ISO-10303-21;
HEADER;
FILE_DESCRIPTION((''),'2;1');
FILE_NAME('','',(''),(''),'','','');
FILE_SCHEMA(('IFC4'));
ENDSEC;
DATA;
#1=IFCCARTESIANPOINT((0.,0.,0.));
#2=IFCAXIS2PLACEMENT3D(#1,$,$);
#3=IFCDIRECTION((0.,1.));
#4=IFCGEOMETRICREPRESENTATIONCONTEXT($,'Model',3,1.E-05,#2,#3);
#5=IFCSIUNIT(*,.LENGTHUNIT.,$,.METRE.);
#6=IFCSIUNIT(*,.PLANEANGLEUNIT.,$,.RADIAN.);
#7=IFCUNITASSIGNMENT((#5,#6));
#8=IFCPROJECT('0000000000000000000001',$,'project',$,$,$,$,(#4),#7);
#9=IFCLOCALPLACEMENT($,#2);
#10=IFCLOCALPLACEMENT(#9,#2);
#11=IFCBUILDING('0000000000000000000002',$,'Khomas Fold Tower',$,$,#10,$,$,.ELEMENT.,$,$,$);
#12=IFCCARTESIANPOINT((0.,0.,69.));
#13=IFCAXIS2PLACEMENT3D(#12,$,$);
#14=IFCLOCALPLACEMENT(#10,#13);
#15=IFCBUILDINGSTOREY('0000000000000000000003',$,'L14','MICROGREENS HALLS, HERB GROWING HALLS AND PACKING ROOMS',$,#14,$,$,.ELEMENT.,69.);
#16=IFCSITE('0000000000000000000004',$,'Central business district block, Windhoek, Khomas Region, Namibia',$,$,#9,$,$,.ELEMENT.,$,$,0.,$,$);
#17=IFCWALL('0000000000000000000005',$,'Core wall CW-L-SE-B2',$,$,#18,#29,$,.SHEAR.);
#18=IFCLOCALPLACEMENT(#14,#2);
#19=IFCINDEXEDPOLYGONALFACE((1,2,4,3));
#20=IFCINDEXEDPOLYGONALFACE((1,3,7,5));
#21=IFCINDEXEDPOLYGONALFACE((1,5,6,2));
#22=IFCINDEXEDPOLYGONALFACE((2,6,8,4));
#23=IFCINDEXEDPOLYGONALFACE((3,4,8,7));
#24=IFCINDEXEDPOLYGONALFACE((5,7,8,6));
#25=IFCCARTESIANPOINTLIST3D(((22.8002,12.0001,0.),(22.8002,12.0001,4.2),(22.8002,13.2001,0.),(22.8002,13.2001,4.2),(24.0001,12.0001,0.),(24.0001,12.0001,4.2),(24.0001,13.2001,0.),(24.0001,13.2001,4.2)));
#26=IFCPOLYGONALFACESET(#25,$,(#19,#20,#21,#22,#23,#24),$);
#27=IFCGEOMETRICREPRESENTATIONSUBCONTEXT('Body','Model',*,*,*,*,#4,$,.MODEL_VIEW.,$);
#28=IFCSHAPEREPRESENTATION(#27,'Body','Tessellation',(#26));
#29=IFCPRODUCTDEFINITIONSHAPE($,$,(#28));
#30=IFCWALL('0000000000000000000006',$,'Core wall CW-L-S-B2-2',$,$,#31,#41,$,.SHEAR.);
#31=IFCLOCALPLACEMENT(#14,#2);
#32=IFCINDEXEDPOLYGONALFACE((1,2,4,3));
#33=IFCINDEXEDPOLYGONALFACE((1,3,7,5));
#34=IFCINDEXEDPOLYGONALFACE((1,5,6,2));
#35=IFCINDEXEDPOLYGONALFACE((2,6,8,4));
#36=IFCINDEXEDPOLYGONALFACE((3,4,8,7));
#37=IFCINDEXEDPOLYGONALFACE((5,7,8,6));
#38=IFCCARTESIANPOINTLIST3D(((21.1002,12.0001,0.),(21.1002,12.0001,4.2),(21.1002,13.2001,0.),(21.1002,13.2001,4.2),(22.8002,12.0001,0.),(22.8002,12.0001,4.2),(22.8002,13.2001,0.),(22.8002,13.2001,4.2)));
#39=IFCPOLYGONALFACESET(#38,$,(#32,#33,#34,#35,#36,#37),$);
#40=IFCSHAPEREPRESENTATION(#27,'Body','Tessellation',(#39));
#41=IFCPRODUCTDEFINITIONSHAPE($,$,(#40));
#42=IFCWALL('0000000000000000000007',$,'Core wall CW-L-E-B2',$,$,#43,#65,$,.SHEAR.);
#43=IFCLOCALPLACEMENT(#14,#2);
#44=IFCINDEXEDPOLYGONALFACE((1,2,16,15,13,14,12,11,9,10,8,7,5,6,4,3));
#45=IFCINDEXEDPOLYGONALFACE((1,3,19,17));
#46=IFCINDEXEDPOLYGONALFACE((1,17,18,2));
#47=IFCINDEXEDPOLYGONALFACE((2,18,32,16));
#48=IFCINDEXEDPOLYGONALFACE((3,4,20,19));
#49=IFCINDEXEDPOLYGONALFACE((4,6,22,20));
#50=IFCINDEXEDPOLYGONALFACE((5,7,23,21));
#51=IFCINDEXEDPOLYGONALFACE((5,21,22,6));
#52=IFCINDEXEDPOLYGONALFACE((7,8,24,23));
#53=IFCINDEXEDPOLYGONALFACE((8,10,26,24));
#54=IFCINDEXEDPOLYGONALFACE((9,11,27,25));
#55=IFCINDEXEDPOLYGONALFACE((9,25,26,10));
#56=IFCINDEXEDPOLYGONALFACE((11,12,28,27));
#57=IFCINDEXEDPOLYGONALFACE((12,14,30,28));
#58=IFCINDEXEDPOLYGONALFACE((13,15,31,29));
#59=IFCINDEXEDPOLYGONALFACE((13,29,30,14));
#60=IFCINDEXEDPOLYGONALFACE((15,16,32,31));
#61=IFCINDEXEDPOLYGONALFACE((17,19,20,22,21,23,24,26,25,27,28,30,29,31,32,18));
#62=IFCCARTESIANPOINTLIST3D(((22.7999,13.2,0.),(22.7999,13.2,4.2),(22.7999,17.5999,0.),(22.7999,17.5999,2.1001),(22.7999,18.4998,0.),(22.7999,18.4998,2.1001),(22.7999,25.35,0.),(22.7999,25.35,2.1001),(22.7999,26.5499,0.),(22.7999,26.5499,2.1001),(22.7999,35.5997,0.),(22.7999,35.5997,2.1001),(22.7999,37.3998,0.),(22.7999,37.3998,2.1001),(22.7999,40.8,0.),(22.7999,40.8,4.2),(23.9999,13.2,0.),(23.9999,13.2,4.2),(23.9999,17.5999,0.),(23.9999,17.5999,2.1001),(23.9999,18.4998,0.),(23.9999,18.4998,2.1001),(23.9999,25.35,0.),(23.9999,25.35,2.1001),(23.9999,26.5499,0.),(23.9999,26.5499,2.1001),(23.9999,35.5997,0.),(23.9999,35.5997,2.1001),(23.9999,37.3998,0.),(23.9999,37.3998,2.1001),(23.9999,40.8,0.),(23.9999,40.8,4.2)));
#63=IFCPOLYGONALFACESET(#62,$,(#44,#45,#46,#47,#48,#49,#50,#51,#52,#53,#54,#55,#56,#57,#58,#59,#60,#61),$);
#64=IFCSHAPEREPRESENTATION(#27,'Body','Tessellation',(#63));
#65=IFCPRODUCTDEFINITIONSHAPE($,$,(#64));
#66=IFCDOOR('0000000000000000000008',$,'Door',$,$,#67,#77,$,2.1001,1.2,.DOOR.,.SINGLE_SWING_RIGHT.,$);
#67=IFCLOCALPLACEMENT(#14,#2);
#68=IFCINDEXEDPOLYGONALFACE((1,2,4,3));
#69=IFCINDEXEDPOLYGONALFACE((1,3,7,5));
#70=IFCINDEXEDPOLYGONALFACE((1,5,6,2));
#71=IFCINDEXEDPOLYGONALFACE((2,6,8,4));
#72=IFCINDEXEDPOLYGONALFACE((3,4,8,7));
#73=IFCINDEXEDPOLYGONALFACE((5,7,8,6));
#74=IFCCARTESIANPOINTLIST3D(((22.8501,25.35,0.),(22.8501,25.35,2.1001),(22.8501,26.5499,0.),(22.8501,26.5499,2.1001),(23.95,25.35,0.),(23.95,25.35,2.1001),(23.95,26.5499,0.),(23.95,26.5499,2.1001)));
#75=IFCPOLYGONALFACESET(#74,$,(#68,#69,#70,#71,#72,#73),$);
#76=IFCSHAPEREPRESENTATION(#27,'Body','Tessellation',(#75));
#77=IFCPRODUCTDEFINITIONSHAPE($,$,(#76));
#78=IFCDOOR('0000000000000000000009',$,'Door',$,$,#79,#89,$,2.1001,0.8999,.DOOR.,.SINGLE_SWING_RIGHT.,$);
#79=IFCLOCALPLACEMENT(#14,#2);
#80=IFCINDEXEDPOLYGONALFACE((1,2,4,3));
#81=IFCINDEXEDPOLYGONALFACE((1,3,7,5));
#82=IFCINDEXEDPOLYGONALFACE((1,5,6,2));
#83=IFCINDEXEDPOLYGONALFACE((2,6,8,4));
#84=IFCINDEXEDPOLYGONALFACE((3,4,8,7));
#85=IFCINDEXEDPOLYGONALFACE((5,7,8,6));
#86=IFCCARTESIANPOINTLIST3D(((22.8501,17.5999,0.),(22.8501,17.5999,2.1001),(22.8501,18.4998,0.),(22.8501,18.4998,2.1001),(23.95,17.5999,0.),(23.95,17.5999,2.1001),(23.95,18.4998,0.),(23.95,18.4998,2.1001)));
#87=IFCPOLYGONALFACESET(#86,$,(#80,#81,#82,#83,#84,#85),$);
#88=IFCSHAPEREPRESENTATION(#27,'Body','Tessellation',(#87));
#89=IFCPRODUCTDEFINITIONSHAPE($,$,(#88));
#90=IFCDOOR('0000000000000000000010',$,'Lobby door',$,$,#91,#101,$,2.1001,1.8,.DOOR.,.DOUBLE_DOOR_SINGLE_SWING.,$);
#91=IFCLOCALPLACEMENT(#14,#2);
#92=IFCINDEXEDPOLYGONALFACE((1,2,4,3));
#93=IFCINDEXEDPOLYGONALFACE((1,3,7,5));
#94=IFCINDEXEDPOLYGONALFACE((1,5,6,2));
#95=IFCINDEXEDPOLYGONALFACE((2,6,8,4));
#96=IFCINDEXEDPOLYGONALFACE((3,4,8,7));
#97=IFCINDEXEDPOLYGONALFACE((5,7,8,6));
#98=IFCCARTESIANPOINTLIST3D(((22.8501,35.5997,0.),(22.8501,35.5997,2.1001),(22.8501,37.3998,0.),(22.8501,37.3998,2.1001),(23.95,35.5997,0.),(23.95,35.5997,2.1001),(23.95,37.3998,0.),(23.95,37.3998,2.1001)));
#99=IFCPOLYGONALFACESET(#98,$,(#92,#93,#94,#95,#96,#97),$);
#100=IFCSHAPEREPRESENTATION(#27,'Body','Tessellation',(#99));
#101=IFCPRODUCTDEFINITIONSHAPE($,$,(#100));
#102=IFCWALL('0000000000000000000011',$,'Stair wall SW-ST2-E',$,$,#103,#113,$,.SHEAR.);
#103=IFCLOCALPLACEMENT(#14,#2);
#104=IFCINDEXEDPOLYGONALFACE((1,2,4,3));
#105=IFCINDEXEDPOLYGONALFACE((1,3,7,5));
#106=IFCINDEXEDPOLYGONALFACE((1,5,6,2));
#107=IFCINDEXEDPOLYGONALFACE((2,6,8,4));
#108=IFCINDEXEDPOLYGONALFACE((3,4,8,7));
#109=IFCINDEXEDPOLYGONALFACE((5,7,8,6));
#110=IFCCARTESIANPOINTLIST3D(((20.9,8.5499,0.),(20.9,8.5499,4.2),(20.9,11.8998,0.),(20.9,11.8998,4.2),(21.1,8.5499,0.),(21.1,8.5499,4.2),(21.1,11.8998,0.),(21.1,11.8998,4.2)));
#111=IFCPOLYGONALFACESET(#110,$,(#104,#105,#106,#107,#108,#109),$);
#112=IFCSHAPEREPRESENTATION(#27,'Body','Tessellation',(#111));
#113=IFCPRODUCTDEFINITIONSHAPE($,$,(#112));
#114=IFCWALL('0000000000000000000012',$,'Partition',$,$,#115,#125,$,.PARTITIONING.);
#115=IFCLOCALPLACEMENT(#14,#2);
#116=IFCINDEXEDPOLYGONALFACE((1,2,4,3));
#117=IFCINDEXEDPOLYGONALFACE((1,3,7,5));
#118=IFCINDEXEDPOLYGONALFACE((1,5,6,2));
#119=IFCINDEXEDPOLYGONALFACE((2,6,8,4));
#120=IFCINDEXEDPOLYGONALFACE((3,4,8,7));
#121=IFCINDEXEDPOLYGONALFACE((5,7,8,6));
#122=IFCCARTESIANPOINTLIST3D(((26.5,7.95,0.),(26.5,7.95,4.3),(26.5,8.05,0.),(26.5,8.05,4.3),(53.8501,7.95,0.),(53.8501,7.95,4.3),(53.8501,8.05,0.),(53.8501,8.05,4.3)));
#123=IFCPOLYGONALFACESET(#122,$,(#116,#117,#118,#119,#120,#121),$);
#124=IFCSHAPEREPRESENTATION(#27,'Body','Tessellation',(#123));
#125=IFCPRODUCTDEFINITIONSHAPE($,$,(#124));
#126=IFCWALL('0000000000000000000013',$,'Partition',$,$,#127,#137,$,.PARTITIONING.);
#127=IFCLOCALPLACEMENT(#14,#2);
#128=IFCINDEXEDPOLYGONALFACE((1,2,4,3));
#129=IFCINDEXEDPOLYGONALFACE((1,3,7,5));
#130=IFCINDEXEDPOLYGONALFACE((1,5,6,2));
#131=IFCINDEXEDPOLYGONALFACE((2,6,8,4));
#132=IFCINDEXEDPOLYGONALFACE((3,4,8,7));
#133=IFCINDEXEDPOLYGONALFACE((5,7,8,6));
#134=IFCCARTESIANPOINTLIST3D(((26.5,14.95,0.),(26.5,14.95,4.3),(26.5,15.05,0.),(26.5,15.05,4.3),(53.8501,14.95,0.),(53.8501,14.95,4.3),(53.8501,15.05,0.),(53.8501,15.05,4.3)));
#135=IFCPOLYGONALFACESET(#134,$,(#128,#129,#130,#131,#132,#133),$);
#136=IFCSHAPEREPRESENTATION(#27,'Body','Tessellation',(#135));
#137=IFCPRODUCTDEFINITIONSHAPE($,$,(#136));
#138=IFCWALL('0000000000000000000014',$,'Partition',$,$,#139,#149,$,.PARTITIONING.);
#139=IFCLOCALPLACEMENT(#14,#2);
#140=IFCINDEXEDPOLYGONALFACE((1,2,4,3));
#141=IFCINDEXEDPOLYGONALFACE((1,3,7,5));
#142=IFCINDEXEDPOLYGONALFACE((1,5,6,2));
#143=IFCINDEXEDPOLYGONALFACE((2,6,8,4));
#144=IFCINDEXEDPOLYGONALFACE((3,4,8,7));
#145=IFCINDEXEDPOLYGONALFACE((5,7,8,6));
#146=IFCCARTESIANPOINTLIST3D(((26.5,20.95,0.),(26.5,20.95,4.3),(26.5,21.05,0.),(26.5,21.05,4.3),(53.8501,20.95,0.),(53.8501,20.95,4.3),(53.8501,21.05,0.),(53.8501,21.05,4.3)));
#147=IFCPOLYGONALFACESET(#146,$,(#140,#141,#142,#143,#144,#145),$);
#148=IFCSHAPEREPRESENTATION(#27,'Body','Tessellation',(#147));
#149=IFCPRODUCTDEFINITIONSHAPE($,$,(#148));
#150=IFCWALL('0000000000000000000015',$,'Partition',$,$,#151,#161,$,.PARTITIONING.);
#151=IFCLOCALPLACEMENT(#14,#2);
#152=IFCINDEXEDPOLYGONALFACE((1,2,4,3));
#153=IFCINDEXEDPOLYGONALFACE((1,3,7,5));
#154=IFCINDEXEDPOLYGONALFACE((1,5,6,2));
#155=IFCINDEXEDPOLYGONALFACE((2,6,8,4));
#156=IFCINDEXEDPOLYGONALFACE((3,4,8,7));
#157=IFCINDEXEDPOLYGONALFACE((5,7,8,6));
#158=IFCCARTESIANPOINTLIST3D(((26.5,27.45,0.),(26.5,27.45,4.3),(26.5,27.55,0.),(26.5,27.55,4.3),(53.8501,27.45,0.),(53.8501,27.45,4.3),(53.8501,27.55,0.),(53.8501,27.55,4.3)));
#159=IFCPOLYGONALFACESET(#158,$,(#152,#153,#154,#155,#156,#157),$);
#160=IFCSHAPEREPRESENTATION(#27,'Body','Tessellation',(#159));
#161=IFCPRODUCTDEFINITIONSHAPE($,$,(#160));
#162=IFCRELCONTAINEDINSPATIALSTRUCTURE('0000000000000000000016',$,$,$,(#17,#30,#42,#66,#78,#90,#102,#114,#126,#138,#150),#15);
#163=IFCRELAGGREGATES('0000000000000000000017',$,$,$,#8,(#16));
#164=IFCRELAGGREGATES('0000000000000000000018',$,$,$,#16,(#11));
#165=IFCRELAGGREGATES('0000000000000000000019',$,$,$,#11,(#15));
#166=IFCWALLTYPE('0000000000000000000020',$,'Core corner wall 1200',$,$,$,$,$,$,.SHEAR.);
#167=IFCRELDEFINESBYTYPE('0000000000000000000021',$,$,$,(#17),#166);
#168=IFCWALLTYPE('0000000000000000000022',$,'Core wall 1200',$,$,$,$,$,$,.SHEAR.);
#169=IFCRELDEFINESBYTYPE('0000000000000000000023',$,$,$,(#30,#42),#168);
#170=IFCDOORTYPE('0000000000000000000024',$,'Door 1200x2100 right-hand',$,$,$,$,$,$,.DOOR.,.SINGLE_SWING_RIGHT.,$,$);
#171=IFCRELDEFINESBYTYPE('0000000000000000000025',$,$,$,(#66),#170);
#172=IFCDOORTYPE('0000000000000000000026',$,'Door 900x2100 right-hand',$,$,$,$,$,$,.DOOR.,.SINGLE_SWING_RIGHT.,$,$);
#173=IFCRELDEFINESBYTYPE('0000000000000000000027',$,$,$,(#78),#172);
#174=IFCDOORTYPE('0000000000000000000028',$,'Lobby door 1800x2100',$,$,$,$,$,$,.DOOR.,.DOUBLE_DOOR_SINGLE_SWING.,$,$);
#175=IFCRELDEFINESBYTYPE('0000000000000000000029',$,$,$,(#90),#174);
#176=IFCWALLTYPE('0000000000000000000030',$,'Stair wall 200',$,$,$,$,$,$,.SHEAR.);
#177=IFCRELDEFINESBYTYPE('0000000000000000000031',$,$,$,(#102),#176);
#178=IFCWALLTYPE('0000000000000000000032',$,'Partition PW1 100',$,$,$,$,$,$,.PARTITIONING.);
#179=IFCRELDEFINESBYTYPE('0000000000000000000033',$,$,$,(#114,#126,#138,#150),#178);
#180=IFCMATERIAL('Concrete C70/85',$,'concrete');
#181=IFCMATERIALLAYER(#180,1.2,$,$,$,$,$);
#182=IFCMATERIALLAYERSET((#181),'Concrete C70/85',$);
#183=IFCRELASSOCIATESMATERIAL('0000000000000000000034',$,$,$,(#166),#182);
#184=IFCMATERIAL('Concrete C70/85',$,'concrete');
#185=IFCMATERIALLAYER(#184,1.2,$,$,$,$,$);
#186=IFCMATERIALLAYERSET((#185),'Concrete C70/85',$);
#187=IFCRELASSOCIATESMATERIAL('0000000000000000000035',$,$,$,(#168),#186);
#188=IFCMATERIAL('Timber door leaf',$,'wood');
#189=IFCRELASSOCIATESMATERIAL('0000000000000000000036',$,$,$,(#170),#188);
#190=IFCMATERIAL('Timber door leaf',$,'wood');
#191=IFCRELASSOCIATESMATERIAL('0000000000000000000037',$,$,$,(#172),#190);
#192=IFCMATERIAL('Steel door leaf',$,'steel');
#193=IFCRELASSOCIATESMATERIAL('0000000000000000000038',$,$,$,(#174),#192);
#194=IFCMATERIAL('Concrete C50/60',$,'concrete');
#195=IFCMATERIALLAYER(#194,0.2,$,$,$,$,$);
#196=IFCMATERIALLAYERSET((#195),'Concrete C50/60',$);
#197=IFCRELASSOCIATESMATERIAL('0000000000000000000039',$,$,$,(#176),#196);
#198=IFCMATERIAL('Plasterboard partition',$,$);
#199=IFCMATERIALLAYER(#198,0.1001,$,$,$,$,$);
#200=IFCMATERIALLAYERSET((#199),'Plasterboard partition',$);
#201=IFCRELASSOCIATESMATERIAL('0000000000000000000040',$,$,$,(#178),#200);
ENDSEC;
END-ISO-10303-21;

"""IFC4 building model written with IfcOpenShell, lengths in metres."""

from ifc_helpers import new_model, si_unit, direction, frame, frame_2d, origin, place, context, subcontext, project, spatial, rectangle, extrude, source, transform, mapped, material, layer, layer_set, type_object, element, fill, save


model = new_model("IFC4")

# Units and contexts
model_context = context("Model", 3, precision=1e-05, world=origin(), true_north=direction((0.0, 1.0)))
body_context = subcontext(model_context, "Body", "Model", "MODEL_VIEW")
ifc_project = project(units=[si_unit("LENGTHUNIT", "METRE"), si_unit("PLANEANGLEUNIT", "RADIAN")], contexts=[model_context])

# Site, building, storey
site_placement = place(None, origin())
site = spatial("IfcSite", under=ifc_project, at=site_placement, Name="Central business district block, Windhoek, Khomas Region, Namibia", CompositionType="ELEMENT", RefElevation=0.0)
building_placement = place(site_placement, origin())
building = spatial("IfcBuilding", under=site, at=building_placement, Name="Khomas Fold Tower", CompositionType="ELEMENT")
storey_placement = place(building_placement, frame((0.0, 0.0, 69.0)))
storey = spatial("IfcBuildingStorey", under=building, at=storey_placement, Name="L14", Description="MICROGREENS HALLS, HERB GROWING HALLS AND PACKING ROOMS", CompositionType="ELEMENT", Elevation=69.0)

# Walls
ifc_material_1 = material(Name="Concrete C70/85", Category="concrete")
ifc_layer_1 = layer(ifc_material_1, 1.2)
ifc_layer_set_1 = layer_set([ifc_layer_1], Name="Concrete C70/85")
wall_type_1 = type_object("IfcWallType", Name="Core corner wall 1200", PredefinedType="SHEAR", material=ifc_layer_set_1)
shared_shape_1 = source(origin(), body_context, "Body", "SweptSolid", [
    extrude(rectangle(XDim=1.2, YDim=1.2, at=frame_2d((0.6001, 0.0))), origin(), (0.0, 0.0, 1.0), 4.2),
])
wall_1_placement = place(storey_placement, frame((22.8, 12.6001, 0.0), z_axis=(0.0, 0.0, 1.0), x_axis=(1.0, 0.0, 0.0)))
element("IfcWall", 1, at=wall_1_placement, inside=storey, type_object=wall_type_1, Name="Core wall CW-L-SE-B2", PredefinedType="SHEAR", context=body_context, shape_type="MappedRepresentation", body=[
    mapped(shared_shape_1, transform((0.0, 0.0, 0.0))),
])
ifc_material_2 = material(Name="Concrete C70/85", Category="concrete")
ifc_layer_2 = layer(ifc_material_2, 1.2)
ifc_layer_set_2 = layer_set([ifc_layer_2], Name="Concrete C70/85")
wall_type_2 = type_object("IfcWallType", Name="Core wall 1200", PredefinedType="SHEAR", material=ifc_layer_set_2)
shared_shape_2 = source(origin(), body_context, "Body", "SweptSolid", [
    extrude(rectangle(XDim=1.7, YDim=1.2, at=frame_2d((0.8501, 0.0))), origin(), (0.0, 0.0, 1.0), 4.2),
])
wall_2_placement = place(storey_placement, frame((21.1001, 12.6001, 0.0), z_axis=(0.0, 0.0, 1.0), x_axis=(1.0, 0.0, 0.0)))
element("IfcWall", 2, at=wall_2_placement, inside=storey, type_object=wall_type_2, Name="Core wall CW-L-S-B2-2", PredefinedType="SHEAR", context=body_context, shape_type="MappedRepresentation", body=[
    mapped(shared_shape_2, transform((0.0, 0.0, 0.0))),
])

# Wall, openings, doors
shared_shape_3 = source(origin(), body_context, "Body", "SweptSolid", [
    extrude(rectangle(XDim=27.6001, YDim=1.2, at=frame_2d((13.8, 0.0))), origin(), (0.0, 0.0, 1.0), 4.2),
])
wall_3_placement = place(storey_placement, frame((23.3999, 13.2, 0.0), z_axis=(0.0, 0.0, 1.0), x_axis=(0.0, 1.0, 0.0)))
wall_3 = element("IfcWall", 3, at=wall_3_placement, inside=storey, type_object=wall_type_2, Name="Core wall CW-L-E-B2", PredefinedType="SHEAR", context=body_context, shape_type="MappedRepresentation", body=[
    mapped(shared_shape_3, transform((0.0, 0.0, 0.0))),
])
shared_shape_4 = source(origin(), body_context, "Body", "SweptSolid", [
    extrude(rectangle(XDim=1.8, YDim=2.1001, at=frame_2d((0.8999, 1.05))), frame((0.0, 0.6099, 0.0), z_axis=(0.0, -1.0, 0.0), x_axis=(1.0, 0.0, 0.0)), (0.0, 0.0, 1.0), 1.22),
])
opening_1_placement = place(wall_3_placement, frame((22.3999, 0.0, 0.0)))
opening_1 = element("IfcOpeningElement", 4, at=opening_1_placement, cuts=wall_3, PredefinedType="OPENING", context=body_context, shape_type="MappedRepresentation", body=[
    mapped(shared_shape_4, transform((0.0, 0.0, 0.0))),
])
shared_shape_5 = source(origin(), body_context, "Body", "SweptSolid", [
    extrude(rectangle(XDim=1.2, YDim=2.1001, at=frame_2d((0.6001, 1.05))), frame((0.0, 0.6099, 0.0), z_axis=(0.0, -1.0, 0.0), x_axis=(1.0, 0.0, 0.0)), (0.0, 0.0, 1.0), 1.22),
])
opening_2_placement = place(wall_3_placement, frame((12.1499, 0.0, 0.0)))
opening_2 = element("IfcOpeningElement", 5, at=opening_2_placement, cuts=wall_3, PredefinedType="OPENING", context=body_context, shape_type="MappedRepresentation", body=[
    mapped(shared_shape_5, transform((0.0, 0.0, 0.0))),
])
shared_shape_6 = source(origin(), body_context, "Body", "SweptSolid", [
    extrude(rectangle(XDim=0.8999, YDim=2.1001, at=frame_2d((0.45, 1.05))), frame((0.0, 0.6099, 0.0), z_axis=(0.0, -1.0, 0.0), x_axis=(1.0, 0.0, 0.0)), (0.0, 0.0, 1.0), 1.22),
])
opening_3_placement = place(wall_3_placement, frame((4.3999, 0.0, 0.0)))
opening_3 = element("IfcOpeningElement", 6, at=opening_3_placement, cuts=wall_3, PredefinedType="OPENING", context=body_context, shape_type="MappedRepresentation", body=[
    mapped(shared_shape_6, transform((0.0, 0.0, 0.0))),
])
ifc_material_3 = material(Name="Timber door leaf", Category="wood")
door_type_1 = type_object("IfcDoorType", Name="Door 1200x2100 right-hand", OperationType="SINGLE_SWING_RIGHT", PredefinedType="DOOR", material=ifc_material_3)
shared_shape_7 = source(origin(), body_context, "Body", "SweptSolid", [
    extrude(rectangle(XDim=1.2, YDim=2.1001, at=frame_2d((0.6001, 1.05))), frame((0.0, 0.5498, 0.0), z_axis=(0.0, -1.0, 0.0), x_axis=(1.0, 0.0, 0.0)), (0.0, 0.0, 1.0), 1.0999),
])
door_1_placement = place(opening_2_placement, origin())
door_1 = element("IfcDoor", 7, at=door_1_placement, inside=storey, type_object=door_type_1, Name="Door", OperationType="SINGLE_SWING_RIGHT", OverallHeight=2.1001, OverallWidth=1.2, PredefinedType="DOOR", context=body_context, shape_type="MappedRepresentation", body=[
    mapped(shared_shape_7, transform((0.0, 0.0, 0.0))),
])
fill(opening_2, door_1)
ifc_material_4 = material(Name="Timber door leaf", Category="wood")
door_type_2 = type_object("IfcDoorType", Name="Door 900x2100 right-hand", OperationType="SINGLE_SWING_RIGHT", PredefinedType="DOOR", material=ifc_material_4)
shared_shape_8 = source(origin(), body_context, "Body", "SweptSolid", [
    extrude(rectangle(XDim=0.8999, YDim=2.1001, at=frame_2d((0.45, 1.05))), frame((0.0, 0.5498, 0.0), z_axis=(0.0, -1.0, 0.0), x_axis=(1.0, 0.0, 0.0)), (0.0, 0.0, 1.0), 1.0999),
])
door_2_placement = place(opening_3_placement, origin())
door_2 = element("IfcDoor", 8, at=door_2_placement, inside=storey, type_object=door_type_2, Name="Door", OperationType="SINGLE_SWING_RIGHT", OverallHeight=2.1001, OverallWidth=0.8999, PredefinedType="DOOR", context=body_context, shape_type="MappedRepresentation", body=[
    mapped(shared_shape_8, transform((0.0, 0.0, 0.0))),
])
fill(opening_3, door_2)
ifc_material_5 = material(Name="Steel door leaf", Category="steel")
door_type_3 = type_object("IfcDoorType", Name="Lobby door 1800x2100", OperationType="DOUBLE_DOOR_SINGLE_SWING", PredefinedType="DOOR", material=ifc_material_5)
shared_shape_9 = source(origin(), body_context, "Body", "SweptSolid", [
    extrude(rectangle(XDim=1.8, YDim=2.1001, at=frame_2d((0.8999, 1.05))), frame((0.0, 0.5498, 0.0), z_axis=(0.0, -1.0, 0.0), x_axis=(1.0, 0.0, 0.0)), (0.0, 0.0, 1.0), 1.0999),
])
door_3_placement = place(opening_1_placement, origin())
door_3 = element("IfcDoor", 9, at=door_3_placement, inside=storey, type_object=door_type_3, Name="Lobby door", OperationType="DOUBLE_DOOR_SINGLE_SWING", OverallHeight=2.1001, OverallWidth=1.8, PredefinedType="DOOR", context=body_context, shape_type="MappedRepresentation", body=[
    mapped(shared_shape_9, transform((0.0, 0.0, 0.0))),
])
fill(opening_1, door_3)

# Walls
ifc_material_6 = material(Name="Concrete C50/60", Category="concrete")
ifc_layer_3 = layer(ifc_material_6, 0.2)
ifc_layer_set_3 = layer_set([ifc_layer_3], Name="Concrete C50/60")
wall_type_3 = type_object("IfcWallType", Name="Stair wall 200", PredefinedType="SHEAR", material=ifc_layer_set_3)
shared_shape_10 = source(origin(), body_context, "Body", "SweptSolid", [
    extrude(rectangle(XDim=3.3499, YDim=0.2, at=frame_2d((1.6748, 0.0))), origin(), (0.0, 0.0, 1.0), 4.2),
])
wall_4_placement = place(storey_placement, frame((21.0, 8.55, 0.0), z_axis=(0.0, 0.0, 1.0), x_axis=(0.0, 1.0, 0.0)))
element("IfcWall", 10, at=wall_4_placement, inside=storey, type_object=wall_type_3, Name="Stair wall SW-ST2-E", PredefinedType="SHEAR", context=body_context, shape_type="MappedRepresentation", body=[
    mapped(shared_shape_10, transform((0.0, 0.0, 0.0))),
])
ifc_material_7 = material(Name="Plasterboard partition")
ifc_layer_4 = layer(ifc_material_7, 0.1001)
ifc_layer_set_4 = layer_set([ifc_layer_4], Name="Plasterboard partition")
wall_type_4 = type_object("IfcWallType", Name="Partition PW1 100", PredefinedType="PARTITIONING", material=ifc_layer_set_4)
shared_shape_11 = source(origin(), body_context, "Body", "SweptSolid", [
    extrude(rectangle(XDim=27.3501, YDim=0.1001, at=frame_2d((13.675, 0.0))), origin(), (0.0, 0.0, 1.0), 4.3),
])
for number, where, z_axis, x_axis, name in (
    (11, (26.5, 8.0, 0.0), (0.0, 0.0, 1.0), (1.0, 0.0, 0.0), "Partition"),
    (12, (26.5, 15.0, 0.0), (0.0, 0.0, 1.0), (1.0, 0.0, 0.0), "Partition"),
    (13, (26.5, 21.0, 0.0), (0.0, 0.0, 1.0), (1.0, 0.0, 0.0), "Partition"),
    (14, (26.5, 27.5, 0.0), (0.0, 0.0, 1.0), (1.0, 0.0, 0.0), "Partition"),
):
    element("IfcWall", number, at=place(storey_placement, frame(where, z_axis=z_axis, x_axis=x_axis)), inside=storey, type_object=wall_type_4, Name=name, PredefinedType="PARTITIONING", context=body_context, shape_type="MappedRepresentation", body=[
        mapped(shared_shape_11, transform((0.0, 0.0, 0.0))),
    ])

save(model, "model.ifc")
